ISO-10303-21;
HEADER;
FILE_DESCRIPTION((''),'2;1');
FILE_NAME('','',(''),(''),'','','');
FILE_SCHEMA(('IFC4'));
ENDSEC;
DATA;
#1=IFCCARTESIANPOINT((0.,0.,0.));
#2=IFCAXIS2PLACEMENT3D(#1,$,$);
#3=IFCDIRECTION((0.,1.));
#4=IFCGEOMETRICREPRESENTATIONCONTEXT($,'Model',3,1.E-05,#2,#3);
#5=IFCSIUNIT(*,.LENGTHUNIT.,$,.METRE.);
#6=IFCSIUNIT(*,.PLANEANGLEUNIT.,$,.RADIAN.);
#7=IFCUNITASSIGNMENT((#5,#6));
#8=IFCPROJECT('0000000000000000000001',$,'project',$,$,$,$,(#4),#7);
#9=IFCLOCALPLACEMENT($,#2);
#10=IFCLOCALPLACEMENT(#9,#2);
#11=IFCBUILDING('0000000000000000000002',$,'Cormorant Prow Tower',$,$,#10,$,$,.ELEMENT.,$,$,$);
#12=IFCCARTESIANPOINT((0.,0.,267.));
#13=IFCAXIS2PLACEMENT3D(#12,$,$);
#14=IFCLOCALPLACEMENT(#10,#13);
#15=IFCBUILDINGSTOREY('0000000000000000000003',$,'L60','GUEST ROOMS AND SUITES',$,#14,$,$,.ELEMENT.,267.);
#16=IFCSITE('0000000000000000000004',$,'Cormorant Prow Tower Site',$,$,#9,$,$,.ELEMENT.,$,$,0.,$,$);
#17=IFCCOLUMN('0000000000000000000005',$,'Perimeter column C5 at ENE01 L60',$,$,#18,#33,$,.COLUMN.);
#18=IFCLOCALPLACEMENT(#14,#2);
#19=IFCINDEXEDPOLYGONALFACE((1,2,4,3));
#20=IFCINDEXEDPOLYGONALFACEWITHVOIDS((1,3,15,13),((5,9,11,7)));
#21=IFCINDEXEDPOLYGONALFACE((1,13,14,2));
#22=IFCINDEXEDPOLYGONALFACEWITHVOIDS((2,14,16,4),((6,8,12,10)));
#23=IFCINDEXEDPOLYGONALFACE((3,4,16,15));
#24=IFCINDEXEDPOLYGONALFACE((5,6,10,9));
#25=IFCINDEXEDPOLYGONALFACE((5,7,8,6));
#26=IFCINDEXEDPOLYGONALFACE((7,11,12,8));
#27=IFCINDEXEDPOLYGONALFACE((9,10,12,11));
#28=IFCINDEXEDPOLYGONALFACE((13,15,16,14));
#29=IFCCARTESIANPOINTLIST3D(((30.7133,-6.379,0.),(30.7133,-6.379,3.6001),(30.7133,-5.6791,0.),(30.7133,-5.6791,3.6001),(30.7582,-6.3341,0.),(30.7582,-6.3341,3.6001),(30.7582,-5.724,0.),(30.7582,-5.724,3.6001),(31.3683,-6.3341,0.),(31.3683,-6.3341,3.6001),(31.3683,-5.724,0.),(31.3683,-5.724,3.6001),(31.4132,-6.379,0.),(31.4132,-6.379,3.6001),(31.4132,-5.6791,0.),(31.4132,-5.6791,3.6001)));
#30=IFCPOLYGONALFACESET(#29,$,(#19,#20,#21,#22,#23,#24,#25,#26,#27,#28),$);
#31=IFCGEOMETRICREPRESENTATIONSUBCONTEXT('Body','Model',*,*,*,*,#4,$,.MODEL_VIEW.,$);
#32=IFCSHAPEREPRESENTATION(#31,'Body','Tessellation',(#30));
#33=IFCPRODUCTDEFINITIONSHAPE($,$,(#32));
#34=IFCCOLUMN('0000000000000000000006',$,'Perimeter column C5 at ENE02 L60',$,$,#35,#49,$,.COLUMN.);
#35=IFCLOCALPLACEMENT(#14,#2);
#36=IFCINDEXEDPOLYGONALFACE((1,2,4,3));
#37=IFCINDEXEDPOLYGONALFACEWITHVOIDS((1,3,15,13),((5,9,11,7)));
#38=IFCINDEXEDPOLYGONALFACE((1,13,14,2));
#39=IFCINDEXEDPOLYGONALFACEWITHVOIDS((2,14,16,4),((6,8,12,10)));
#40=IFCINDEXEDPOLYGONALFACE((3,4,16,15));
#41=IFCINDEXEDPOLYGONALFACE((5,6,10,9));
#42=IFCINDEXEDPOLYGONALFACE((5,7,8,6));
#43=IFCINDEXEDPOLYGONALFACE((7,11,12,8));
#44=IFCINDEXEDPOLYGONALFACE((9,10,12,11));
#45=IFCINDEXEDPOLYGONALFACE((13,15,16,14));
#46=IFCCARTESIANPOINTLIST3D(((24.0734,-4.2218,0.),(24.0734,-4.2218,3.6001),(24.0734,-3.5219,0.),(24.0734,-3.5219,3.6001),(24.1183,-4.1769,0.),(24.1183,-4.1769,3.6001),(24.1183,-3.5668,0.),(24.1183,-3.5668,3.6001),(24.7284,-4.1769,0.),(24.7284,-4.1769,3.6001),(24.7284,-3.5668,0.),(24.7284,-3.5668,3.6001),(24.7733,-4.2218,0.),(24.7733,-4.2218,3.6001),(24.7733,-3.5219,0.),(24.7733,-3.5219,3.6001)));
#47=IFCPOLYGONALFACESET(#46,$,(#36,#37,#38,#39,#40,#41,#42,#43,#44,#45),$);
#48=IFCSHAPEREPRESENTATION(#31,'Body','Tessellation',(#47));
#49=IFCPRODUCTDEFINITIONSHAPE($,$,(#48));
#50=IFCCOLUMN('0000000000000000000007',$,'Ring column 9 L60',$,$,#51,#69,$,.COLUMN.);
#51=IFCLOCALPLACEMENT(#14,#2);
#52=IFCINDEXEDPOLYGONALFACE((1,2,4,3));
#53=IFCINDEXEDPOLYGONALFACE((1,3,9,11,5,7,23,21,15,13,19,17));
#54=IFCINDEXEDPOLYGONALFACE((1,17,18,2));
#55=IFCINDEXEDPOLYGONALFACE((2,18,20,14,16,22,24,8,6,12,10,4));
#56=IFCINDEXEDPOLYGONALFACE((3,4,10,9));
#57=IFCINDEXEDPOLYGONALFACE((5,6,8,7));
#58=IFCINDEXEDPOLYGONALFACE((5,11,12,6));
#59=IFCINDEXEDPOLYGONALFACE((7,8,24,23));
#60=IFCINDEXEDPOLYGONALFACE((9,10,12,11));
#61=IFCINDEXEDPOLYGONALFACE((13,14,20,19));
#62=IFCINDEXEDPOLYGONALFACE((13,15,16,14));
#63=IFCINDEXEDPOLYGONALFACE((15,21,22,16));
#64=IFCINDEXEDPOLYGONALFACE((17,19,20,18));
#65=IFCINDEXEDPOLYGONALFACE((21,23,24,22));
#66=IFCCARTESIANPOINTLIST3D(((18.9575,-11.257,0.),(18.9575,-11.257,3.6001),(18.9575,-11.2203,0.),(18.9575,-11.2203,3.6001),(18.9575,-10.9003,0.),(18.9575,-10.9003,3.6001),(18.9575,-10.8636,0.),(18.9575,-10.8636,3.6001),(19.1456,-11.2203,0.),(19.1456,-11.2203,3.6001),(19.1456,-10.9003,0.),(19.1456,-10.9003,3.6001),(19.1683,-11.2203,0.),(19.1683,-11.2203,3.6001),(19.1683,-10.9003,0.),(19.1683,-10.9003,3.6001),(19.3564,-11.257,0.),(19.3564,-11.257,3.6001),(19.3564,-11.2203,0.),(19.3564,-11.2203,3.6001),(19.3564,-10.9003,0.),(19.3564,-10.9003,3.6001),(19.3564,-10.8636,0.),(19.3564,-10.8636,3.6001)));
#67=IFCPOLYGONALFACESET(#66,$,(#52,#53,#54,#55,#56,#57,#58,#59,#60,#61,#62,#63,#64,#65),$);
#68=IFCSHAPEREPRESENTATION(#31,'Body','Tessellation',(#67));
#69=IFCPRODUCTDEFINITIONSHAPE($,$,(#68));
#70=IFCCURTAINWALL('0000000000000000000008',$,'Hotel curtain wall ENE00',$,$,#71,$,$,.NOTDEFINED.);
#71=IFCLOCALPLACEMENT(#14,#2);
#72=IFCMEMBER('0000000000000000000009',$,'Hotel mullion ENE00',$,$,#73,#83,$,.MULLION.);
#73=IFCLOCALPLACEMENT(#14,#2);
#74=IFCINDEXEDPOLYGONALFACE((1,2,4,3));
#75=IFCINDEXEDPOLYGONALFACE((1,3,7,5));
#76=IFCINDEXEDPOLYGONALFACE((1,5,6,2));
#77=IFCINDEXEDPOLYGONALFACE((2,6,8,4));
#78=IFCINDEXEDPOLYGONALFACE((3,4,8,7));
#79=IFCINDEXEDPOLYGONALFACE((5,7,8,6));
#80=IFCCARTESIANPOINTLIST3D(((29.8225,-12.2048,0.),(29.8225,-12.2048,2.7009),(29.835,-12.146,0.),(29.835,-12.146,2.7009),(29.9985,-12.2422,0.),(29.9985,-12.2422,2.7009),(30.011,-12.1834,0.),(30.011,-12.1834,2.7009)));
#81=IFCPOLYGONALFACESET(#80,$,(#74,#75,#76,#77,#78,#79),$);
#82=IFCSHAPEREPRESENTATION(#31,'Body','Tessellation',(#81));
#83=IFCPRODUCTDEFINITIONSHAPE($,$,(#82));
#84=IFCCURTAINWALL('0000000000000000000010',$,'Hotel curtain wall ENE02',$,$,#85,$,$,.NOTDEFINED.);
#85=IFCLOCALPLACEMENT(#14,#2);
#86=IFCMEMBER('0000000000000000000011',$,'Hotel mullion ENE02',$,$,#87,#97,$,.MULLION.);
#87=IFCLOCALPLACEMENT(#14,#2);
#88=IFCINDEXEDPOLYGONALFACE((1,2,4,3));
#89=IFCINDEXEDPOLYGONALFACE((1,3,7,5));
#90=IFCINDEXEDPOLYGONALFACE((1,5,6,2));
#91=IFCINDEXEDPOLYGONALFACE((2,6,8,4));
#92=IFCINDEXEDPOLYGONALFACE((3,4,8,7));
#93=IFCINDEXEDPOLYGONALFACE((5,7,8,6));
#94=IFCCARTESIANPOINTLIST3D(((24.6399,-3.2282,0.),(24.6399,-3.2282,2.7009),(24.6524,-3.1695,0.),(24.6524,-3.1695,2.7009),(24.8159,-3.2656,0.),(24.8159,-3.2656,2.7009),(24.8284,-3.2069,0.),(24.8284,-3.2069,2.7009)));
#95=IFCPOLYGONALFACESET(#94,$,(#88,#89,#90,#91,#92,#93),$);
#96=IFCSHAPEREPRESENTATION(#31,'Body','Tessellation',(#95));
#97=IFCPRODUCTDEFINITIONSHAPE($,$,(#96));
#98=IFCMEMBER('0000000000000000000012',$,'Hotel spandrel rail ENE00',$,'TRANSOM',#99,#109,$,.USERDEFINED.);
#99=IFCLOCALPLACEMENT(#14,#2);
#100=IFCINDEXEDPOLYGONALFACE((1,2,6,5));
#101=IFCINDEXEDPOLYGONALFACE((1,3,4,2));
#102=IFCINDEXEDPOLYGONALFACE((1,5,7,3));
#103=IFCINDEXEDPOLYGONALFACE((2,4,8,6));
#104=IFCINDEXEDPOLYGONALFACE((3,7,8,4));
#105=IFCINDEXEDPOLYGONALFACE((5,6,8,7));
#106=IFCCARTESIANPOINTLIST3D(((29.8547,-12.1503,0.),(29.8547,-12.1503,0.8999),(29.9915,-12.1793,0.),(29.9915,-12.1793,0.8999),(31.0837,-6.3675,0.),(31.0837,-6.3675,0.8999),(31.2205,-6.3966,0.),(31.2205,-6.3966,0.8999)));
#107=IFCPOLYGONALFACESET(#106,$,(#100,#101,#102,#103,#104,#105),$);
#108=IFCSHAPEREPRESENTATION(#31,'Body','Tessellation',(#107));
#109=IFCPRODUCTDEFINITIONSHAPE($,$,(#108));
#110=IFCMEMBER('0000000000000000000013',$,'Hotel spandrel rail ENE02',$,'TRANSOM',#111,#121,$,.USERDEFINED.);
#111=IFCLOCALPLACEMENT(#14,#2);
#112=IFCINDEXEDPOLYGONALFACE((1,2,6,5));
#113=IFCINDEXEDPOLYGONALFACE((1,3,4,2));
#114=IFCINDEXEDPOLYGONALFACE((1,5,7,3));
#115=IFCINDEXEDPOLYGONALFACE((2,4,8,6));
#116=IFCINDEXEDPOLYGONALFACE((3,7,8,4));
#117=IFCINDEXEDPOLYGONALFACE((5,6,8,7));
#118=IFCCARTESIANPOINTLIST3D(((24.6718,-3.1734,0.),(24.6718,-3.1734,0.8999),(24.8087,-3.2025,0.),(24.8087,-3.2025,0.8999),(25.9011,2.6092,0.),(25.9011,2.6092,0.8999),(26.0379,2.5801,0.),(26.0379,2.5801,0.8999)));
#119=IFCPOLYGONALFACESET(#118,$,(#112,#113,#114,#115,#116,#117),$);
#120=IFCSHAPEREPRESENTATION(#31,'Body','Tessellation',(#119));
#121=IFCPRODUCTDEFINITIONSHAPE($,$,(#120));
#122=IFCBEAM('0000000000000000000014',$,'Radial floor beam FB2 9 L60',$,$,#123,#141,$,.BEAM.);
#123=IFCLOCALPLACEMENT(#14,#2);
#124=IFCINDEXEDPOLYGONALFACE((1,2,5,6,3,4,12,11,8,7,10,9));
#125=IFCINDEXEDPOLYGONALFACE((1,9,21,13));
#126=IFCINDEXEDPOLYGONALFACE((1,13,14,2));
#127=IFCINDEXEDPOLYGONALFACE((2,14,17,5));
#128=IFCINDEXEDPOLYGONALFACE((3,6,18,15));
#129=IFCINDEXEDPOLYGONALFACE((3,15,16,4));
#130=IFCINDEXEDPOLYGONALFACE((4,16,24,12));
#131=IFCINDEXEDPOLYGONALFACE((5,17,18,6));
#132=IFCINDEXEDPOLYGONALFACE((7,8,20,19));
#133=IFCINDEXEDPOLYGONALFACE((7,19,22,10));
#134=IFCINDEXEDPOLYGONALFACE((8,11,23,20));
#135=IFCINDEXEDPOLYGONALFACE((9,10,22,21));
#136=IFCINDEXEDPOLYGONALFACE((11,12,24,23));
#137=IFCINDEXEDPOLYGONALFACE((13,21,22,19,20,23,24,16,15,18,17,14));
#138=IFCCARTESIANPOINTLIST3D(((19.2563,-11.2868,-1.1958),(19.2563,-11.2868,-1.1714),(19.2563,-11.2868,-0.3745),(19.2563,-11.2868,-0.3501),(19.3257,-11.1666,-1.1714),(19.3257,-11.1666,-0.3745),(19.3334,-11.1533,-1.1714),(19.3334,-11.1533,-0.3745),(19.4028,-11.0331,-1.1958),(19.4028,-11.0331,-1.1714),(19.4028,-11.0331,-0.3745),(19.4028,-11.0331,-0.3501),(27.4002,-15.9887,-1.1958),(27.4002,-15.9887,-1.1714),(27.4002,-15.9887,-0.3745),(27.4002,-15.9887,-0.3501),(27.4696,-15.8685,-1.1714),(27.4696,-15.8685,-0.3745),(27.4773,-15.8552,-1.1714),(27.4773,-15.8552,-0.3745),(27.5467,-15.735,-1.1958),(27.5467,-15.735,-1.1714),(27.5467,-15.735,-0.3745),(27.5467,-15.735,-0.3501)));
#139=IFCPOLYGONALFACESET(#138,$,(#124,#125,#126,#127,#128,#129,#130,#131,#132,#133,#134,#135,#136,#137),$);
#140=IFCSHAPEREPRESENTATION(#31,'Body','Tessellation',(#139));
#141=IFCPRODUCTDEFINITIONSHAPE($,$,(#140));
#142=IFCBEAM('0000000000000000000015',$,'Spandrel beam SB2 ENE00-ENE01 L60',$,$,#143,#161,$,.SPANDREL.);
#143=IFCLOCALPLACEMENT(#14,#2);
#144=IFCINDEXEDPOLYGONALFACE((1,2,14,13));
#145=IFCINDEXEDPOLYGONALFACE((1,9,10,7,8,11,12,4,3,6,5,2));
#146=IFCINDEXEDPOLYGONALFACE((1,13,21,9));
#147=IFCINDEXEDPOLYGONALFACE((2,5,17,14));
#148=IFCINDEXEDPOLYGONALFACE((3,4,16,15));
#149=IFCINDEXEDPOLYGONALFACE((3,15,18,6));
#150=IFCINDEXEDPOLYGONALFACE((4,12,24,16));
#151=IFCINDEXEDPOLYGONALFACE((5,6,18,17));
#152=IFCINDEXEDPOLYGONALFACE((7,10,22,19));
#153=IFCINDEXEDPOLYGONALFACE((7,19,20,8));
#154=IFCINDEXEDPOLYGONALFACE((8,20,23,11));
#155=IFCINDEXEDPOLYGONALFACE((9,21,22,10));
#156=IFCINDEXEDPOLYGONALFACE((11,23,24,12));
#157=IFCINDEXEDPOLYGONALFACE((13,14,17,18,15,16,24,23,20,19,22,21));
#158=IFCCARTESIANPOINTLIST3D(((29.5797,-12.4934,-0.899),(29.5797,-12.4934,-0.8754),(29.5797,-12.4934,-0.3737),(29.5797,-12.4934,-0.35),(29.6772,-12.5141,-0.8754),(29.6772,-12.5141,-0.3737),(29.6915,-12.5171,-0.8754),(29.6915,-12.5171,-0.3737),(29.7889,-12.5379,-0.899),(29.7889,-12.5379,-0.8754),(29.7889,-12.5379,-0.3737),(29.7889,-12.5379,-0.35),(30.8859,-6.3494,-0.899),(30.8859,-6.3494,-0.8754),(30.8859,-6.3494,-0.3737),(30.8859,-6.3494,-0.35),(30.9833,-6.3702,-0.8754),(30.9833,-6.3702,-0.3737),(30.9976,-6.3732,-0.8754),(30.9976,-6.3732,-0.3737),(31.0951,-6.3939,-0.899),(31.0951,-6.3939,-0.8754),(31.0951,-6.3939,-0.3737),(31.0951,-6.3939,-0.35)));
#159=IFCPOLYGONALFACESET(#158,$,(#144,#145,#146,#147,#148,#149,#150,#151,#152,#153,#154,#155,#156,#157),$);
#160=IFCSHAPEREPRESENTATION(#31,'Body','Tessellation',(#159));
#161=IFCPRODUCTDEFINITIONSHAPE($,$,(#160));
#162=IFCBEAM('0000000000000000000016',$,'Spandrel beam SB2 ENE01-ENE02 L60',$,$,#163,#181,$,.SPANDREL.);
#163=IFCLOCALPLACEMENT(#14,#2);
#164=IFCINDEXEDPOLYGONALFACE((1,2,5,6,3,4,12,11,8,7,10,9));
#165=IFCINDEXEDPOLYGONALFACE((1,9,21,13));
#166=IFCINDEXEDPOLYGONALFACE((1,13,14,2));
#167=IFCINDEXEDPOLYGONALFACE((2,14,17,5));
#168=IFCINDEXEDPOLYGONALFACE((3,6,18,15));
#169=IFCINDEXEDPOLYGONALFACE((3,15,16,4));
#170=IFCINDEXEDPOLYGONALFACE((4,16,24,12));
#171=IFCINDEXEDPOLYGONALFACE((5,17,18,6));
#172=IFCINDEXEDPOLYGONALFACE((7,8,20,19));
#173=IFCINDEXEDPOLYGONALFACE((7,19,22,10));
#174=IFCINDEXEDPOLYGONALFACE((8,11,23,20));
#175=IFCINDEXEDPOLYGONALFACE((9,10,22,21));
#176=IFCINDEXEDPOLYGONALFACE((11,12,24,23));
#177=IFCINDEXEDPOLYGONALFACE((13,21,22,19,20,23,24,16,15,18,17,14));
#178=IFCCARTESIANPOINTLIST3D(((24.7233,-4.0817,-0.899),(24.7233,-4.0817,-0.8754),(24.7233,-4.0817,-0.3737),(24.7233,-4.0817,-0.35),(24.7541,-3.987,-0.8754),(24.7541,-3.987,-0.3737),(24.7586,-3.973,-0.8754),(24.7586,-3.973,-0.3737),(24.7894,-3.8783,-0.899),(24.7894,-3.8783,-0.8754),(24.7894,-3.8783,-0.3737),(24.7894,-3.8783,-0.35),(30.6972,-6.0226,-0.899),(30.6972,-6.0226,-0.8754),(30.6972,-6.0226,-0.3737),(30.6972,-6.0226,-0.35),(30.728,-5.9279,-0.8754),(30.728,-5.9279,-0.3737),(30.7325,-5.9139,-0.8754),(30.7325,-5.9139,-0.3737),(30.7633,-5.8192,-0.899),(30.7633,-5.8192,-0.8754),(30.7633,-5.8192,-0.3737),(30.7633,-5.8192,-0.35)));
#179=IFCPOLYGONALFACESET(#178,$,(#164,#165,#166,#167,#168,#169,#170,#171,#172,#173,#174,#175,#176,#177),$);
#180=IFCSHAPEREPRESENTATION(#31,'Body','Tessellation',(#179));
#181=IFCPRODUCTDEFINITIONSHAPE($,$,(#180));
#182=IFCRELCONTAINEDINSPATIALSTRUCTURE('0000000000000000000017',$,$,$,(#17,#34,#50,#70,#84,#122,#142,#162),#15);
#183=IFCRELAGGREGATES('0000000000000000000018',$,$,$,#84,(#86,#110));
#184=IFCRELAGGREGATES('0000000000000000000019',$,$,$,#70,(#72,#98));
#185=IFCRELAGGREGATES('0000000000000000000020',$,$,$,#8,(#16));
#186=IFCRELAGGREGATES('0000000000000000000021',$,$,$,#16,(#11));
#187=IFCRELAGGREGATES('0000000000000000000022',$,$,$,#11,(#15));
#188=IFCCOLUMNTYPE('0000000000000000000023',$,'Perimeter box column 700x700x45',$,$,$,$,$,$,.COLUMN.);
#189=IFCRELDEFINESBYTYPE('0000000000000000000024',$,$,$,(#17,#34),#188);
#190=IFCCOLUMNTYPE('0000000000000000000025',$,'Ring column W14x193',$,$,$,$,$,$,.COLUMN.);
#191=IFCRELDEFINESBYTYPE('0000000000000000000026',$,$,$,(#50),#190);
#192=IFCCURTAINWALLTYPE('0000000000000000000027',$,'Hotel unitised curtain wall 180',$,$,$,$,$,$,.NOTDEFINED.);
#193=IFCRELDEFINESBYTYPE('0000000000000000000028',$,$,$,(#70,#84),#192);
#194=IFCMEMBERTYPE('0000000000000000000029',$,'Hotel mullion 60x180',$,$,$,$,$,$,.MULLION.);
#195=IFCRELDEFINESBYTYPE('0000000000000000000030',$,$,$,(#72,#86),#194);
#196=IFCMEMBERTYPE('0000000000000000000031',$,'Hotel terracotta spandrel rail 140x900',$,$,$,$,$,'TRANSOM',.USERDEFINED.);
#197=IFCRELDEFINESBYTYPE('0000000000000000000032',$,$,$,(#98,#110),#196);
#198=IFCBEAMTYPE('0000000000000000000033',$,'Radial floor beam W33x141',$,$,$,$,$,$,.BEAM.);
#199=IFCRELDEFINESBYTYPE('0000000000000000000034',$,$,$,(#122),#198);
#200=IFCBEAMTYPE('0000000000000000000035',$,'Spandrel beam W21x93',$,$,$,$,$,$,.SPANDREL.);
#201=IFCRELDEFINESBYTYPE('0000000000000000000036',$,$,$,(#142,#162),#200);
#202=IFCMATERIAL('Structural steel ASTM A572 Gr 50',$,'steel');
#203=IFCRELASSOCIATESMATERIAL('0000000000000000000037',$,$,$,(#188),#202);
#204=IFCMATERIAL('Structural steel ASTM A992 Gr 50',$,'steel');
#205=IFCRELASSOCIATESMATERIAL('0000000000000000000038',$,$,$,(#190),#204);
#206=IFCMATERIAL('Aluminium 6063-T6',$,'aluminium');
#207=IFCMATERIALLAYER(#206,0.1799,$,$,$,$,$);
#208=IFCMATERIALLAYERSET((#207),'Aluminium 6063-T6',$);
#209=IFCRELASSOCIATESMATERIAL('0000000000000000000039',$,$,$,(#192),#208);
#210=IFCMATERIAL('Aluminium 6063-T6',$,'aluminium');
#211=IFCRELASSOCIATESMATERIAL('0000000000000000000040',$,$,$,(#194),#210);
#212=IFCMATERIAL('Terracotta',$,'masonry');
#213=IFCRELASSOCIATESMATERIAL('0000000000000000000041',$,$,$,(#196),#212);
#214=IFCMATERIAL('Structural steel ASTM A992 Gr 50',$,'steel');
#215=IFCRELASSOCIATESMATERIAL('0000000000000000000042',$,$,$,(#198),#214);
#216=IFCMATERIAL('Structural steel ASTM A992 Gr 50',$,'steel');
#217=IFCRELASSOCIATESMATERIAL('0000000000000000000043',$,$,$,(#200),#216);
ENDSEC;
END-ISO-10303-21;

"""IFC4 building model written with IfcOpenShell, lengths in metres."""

from ifc_helpers import new_model, si_unit, direction, frame, origin, origin_2d, place, context, subcontext, project, spatial, rectangle, hollow_rectangle, i_section, extrude, material, layer, layer_set, material_profile, profile_set, type_object, element, aggregate, save


model = new_model("IFC4")

# Units and contexts
model_context = context("Model", 3, precision=1e-05, world=origin(), true_north=direction((0.0, 1.0)))
body_context = subcontext(model_context, "Body", "Model", "MODEL_VIEW")
ifc_project = project(units=[si_unit("LENGTHUNIT", "METRE"), si_unit("PLANEANGLEUNIT", "RADIAN")], contexts=[model_context])

# Site, building, storey
site_placement = place(None, origin())
site = spatial("IfcSite", under=ifc_project, at=site_placement, Name="Cormorant Prow Tower Site", CompositionType="ELEMENT", RefElevation=0.0)
building_placement = place(site_placement, origin())
building = spatial("IfcBuilding", under=site, at=building_placement, Name="Cormorant Prow Tower", CompositionType="ELEMENT")
storey_placement = place(building_placement, frame((0.0, 0.0, 267.0)))
storey = spatial("IfcBuildingStorey", under=building, at=storey_placement, Name="L60", Description="GUEST ROOMS AND SUITES", CompositionType="ELEMENT", Elevation=267.0)

# Columns
ifc_material_1 = material(Name="Structural steel ASTM A572 Gr 50", Category="steel")
ifc_material_profile_1 = material_profile(ifc_material_1, hollow_rectangle(XDim=0.7, YDim=0.7, WallThickness=0.0449, at=origin_2d()), Name="Box 700x700x45")
ifc_profile_set_1 = profile_set([ifc_material_profile_1], Name="Structural steel ASTM A572 Gr 50")
column_type_1 = type_object("IfcColumnType", Name="Perimeter box column 700x700x45", PredefinedType="COLUMN", material=ifc_profile_set_1)
for number, where, z_axis, x_axis, name in (
    (1, (31.0632, -6.0291, 0.0), (0.0, 0.0, 1.0), (1.0, 0.0, 0.0), "Perimeter column C5 at ENE01 L60"),
    (2, (24.4233, -3.8718, 0.0), (0.0, 0.0, 1.0), (1.0, 0.0, 0.0), "Perimeter column C5 at ENE02 L60"),
):
    element("IfcColumn", number, at=place(storey_placement, frame(where, z_axis=z_axis, x_axis=x_axis)), inside=storey, type_object=column_type_1, Name=name, PredefinedType="COLUMN", context=body_context, shape_type="SweptSolid", body=[
        extrude(hollow_rectangle(XDim=0.7, YDim=0.7, WallThickness=0.0449, at=origin_2d()), origin(), (0.0, 0.0, 1.0), 3.6001),
    ])
ifc_material_2 = material(Name="Structural steel ASTM A992 Gr 50", Category="steel")
ifc_material_profile_2 = material_profile(ifc_material_2, i_section(OverallWidth=0.3989, OverallDepth=0.3933, WebThickness=0.0227, FlangeThickness=0.0366, at=origin_2d()), Name="W14x193")
ifc_profile_set_2 = profile_set([ifc_material_profile_2], Name="Structural steel ASTM A992 Gr 50")
column_type_2 = type_object("IfcColumnType", Name="Ring column W14x193", PredefinedType="COLUMN", material=ifc_profile_set_2)
column_placement = place(storey_placement, frame((19.157, -11.0603, 0.0), z_axis=(0.0, 0.0, 1.0), x_axis=(1.0, 0.0, 0.0)))
element("IfcColumn", 3, at=column_placement, inside=storey, type_object=column_type_2, Name="Ring column 9 L60", PredefinedType="COLUMN", context=body_context, shape_type="SweptSolid", body=[
    extrude(i_section(OverallWidth=0.3989, OverallDepth=0.3933, WebThickness=0.0227, FlangeThickness=0.0366, at=origin_2d()), origin(), (0.0, 0.0, 1.0), 3.6001),
])

# Curtain walls, members
ifc_material_3 = material(Name="Aluminium 6063-T6", Category="aluminium")
ifc_layer_1 = layer(ifc_material_3, 0.1799)
ifc_layer_set_1 = layer_set([ifc_layer_1], Name="Aluminium 6063-T6")
curtain_wall_type = type_object("IfcCurtainWallType", Name="Hotel unitised curtain wall 180", PredefinedType="NOTDEFINED", material=ifc_layer_set_1)
curtain_wall_1_placement = place(storey_placement, origin())
curtain_wall_1 = element("IfcCurtainWall", 4, at=curtain_wall_1_placement, inside=storey, type_object=curtain_wall_type, Name="Hotel curtain wall ENE00", PredefinedType="NOTDEFINED")
ifc_material_4 = material(Name="Aluminium 6063-T6", Category="aluminium")
ifc_material_profile_3 = material_profile(ifc_material_4, rectangle(XDim=0.1799, YDim=0.0601, at=origin_2d()), Name="Hotel mullion 60x180")
ifc_profile_set_3 = profile_set([ifc_material_profile_3], Name="Aluminium 6063-T6")
member_type_1 = type_object("IfcMemberType", Name="Hotel mullion 60x180", PredefinedType="MULLION", material=ifc_profile_set_3)
member_1_placement = place(storey_placement, frame((29.9167, -12.1941, 0.0), z_axis=(0.0, 0.0, 1.0), x_axis=(-0.978148, 0.207912, 0.0)))
member_1 = element("IfcMember", 5, at=member_1_placement, type_object=member_type_1, Name="Hotel mullion ENE00", PredefinedType="MULLION", context=body_context, shape_type="SweptSolid", body=[
    extrude(rectangle(XDim=0.1799, YDim=0.0601, at=origin_2d()), origin(), (0.0, 0.0, 1.0), 2.7009),
])
curtain_wall_2_placement = place(storey_placement, origin())
curtain_wall_2 = element("IfcCurtainWall", 6, at=curtain_wall_2_placement, inside=storey, type_object=curtain_wall_type, Name="Hotel curtain wall ENE02", PredefinedType="NOTDEFINED")
member_2_placement = place(storey_placement, frame((24.7341, -3.2175, 0.0), z_axis=(0.0, 0.0, 1.0), x_axis=(-0.978148, 0.207912, 0.0)))
member_2 = element("IfcMember", 7, at=member_2_placement, type_object=member_type_1, Name="Hotel mullion ENE02", PredefinedType="MULLION", context=body_context, shape_type="SweptSolid", body=[
    extrude(rectangle(XDim=0.1799, YDim=0.0601, at=origin_2d()), origin(), (0.0, 0.0, 1.0), 2.7009),
])

# Members
ifc_material_5 = material(Name="Terracotta", Category="masonry")
ifc_material_profile_4 = material_profile(ifc_material_5, rectangle(XDim=0.1399, YDim=0.8999, at=origin_2d()), Name="Hotel terracotta spandrel rail 140x900")
ifc_profile_set_4 = profile_set([ifc_material_profile_4], Name="Terracotta")
member_type_2 = type_object("IfcMemberType", Name="Hotel terracotta spandrel rail 140x900", ElementType="TRANSOM", PredefinedType="USERDEFINED", material=ifc_profile_set_4)
member_3_placement = place(storey_placement, frame((29.9231, -12.1648, 0.45), z_axis=(0.207887, 0.978153, 0.0), x_axis=(-0.978153, 0.207887, 0.0)))
member_3 = element("IfcMember", 8, at=member_3_placement, type_object=member_type_2, Name="Hotel spandrel rail ENE00", ObjectType="TRANSOM", PredefinedType="USERDEFINED", context=body_context, shape_type="SweptSolid", body=[
    extrude(rectangle(XDim=0.1399, YDim=0.8999, at=origin_2d()), origin(), (0.0, 0.0, 1.0), 5.9119),
])
member_4_placement = place(storey_placement, frame((24.7402, -3.188, 0.45), z_axis=(0.207927, 0.978144, 0.0), x_axis=(-0.978144, 0.207927, 0.0)))
member_4 = element("IfcMember", 9, at=member_4_placement, type_object=member_type_2, Name="Hotel spandrel rail ENE02", ObjectType="TRANSOM", PredefinedType="USERDEFINED", context=body_context, shape_type="SweptSolid", body=[
    extrude(rectangle(XDim=0.1399, YDim=0.8999, at=origin_2d()), origin(), (0.0, 0.0, 1.0), 5.9119),
])
aggregate(curtain_wall_2, [member_2, member_4])

# Beams
ifc_material_6 = material(Name="Structural steel ASTM A992 Gr 50", Category="steel")
ifc_material_profile_5 = material_profile(ifc_material_6, i_section(OverallWidth=0.293, OverallDepth=0.8457, WebThickness=0.0154, FlangeThickness=0.0244, at=origin_2d()), Name="W33x141")
ifc_profile_set_5 = profile_set([ifc_material_profile_5], Name="Structural steel ASTM A992 Gr 50")
beam_type_1 = type_object("IfcBeamType", Name="Radial floor beam W33x141", PredefinedType="BEAM", material=ifc_profile_set_5)
beam_placement = place(storey_placement, frame((19.3296, -11.1599, -0.7729), z_axis=(0.866022, -0.500006, 0.0), x_axis=(0.500006, 0.866022, 0.0)))
element("IfcBeam", 10, at=beam_placement, inside=storey, type_object=beam_type_1, Name="Radial floor beam FB2 9 L60", PredefinedType="BEAM", context=body_context, shape_type="SweptSolid", body=[
    extrude(i_section(OverallWidth=0.293, OverallDepth=0.8457, WebThickness=0.0154, FlangeThickness=0.0244, at=origin_2d()), origin(), (0.0, 0.0, 1.0), 9.4038),
])
ifc_material_7 = material(Name="Structural steel ASTM A992 Gr 50", Category="steel")
ifc_material_profile_6 = material_profile(ifc_material_7, i_section(OverallWidth=0.2139, OverallDepth=0.5491, WebThickness=0.0146, FlangeThickness=0.0237, at=origin_2d()), Name="W21x93")
ifc_profile_set_6 = profile_set([ifc_material_profile_6], Name="Structural steel ASTM A992 Gr 50")
beam_type_2 = type_object("IfcBeamType", Name="Spandrel beam W21x93", PredefinedType="SPANDREL", material=ifc_profile_set_6)
for number, where, z_axis, x_axis, name in (
    (11, (29.6843, -12.5156, -0.6245), (0.207941, 0.978141, 0.0), (-0.978141, 0.207941, 0.0), "Spandrel beam SB2 ENE00-ENE01 L60"),
    (12, (30.7302, -5.9209, -0.6245), (-0.951062, 0.309001, 0.0), (-0.309001, -0.951062, 0.0), "Spandrel beam SB2 ENE01-ENE02 L60"),
):
    element("IfcBeam", number, at=place(storey_placement, frame(where, z_axis=z_axis, x_axis=x_axis)), inside=storey, type_object=beam_type_2, Name=name, PredefinedType="SPANDREL", context=body_context, shape_type="SweptSolid", body=[
        extrude(i_section(OverallWidth=0.2139, OverallDepth=0.5491, WebThickness=0.0146, FlangeThickness=0.0237, at=origin_2d()), origin(), (0.0, 0.0, 1.0), 6.2812),
    ])

aggregate(curtain_wall_1, [member_1, member_3])

save(model, "model.ifc")
